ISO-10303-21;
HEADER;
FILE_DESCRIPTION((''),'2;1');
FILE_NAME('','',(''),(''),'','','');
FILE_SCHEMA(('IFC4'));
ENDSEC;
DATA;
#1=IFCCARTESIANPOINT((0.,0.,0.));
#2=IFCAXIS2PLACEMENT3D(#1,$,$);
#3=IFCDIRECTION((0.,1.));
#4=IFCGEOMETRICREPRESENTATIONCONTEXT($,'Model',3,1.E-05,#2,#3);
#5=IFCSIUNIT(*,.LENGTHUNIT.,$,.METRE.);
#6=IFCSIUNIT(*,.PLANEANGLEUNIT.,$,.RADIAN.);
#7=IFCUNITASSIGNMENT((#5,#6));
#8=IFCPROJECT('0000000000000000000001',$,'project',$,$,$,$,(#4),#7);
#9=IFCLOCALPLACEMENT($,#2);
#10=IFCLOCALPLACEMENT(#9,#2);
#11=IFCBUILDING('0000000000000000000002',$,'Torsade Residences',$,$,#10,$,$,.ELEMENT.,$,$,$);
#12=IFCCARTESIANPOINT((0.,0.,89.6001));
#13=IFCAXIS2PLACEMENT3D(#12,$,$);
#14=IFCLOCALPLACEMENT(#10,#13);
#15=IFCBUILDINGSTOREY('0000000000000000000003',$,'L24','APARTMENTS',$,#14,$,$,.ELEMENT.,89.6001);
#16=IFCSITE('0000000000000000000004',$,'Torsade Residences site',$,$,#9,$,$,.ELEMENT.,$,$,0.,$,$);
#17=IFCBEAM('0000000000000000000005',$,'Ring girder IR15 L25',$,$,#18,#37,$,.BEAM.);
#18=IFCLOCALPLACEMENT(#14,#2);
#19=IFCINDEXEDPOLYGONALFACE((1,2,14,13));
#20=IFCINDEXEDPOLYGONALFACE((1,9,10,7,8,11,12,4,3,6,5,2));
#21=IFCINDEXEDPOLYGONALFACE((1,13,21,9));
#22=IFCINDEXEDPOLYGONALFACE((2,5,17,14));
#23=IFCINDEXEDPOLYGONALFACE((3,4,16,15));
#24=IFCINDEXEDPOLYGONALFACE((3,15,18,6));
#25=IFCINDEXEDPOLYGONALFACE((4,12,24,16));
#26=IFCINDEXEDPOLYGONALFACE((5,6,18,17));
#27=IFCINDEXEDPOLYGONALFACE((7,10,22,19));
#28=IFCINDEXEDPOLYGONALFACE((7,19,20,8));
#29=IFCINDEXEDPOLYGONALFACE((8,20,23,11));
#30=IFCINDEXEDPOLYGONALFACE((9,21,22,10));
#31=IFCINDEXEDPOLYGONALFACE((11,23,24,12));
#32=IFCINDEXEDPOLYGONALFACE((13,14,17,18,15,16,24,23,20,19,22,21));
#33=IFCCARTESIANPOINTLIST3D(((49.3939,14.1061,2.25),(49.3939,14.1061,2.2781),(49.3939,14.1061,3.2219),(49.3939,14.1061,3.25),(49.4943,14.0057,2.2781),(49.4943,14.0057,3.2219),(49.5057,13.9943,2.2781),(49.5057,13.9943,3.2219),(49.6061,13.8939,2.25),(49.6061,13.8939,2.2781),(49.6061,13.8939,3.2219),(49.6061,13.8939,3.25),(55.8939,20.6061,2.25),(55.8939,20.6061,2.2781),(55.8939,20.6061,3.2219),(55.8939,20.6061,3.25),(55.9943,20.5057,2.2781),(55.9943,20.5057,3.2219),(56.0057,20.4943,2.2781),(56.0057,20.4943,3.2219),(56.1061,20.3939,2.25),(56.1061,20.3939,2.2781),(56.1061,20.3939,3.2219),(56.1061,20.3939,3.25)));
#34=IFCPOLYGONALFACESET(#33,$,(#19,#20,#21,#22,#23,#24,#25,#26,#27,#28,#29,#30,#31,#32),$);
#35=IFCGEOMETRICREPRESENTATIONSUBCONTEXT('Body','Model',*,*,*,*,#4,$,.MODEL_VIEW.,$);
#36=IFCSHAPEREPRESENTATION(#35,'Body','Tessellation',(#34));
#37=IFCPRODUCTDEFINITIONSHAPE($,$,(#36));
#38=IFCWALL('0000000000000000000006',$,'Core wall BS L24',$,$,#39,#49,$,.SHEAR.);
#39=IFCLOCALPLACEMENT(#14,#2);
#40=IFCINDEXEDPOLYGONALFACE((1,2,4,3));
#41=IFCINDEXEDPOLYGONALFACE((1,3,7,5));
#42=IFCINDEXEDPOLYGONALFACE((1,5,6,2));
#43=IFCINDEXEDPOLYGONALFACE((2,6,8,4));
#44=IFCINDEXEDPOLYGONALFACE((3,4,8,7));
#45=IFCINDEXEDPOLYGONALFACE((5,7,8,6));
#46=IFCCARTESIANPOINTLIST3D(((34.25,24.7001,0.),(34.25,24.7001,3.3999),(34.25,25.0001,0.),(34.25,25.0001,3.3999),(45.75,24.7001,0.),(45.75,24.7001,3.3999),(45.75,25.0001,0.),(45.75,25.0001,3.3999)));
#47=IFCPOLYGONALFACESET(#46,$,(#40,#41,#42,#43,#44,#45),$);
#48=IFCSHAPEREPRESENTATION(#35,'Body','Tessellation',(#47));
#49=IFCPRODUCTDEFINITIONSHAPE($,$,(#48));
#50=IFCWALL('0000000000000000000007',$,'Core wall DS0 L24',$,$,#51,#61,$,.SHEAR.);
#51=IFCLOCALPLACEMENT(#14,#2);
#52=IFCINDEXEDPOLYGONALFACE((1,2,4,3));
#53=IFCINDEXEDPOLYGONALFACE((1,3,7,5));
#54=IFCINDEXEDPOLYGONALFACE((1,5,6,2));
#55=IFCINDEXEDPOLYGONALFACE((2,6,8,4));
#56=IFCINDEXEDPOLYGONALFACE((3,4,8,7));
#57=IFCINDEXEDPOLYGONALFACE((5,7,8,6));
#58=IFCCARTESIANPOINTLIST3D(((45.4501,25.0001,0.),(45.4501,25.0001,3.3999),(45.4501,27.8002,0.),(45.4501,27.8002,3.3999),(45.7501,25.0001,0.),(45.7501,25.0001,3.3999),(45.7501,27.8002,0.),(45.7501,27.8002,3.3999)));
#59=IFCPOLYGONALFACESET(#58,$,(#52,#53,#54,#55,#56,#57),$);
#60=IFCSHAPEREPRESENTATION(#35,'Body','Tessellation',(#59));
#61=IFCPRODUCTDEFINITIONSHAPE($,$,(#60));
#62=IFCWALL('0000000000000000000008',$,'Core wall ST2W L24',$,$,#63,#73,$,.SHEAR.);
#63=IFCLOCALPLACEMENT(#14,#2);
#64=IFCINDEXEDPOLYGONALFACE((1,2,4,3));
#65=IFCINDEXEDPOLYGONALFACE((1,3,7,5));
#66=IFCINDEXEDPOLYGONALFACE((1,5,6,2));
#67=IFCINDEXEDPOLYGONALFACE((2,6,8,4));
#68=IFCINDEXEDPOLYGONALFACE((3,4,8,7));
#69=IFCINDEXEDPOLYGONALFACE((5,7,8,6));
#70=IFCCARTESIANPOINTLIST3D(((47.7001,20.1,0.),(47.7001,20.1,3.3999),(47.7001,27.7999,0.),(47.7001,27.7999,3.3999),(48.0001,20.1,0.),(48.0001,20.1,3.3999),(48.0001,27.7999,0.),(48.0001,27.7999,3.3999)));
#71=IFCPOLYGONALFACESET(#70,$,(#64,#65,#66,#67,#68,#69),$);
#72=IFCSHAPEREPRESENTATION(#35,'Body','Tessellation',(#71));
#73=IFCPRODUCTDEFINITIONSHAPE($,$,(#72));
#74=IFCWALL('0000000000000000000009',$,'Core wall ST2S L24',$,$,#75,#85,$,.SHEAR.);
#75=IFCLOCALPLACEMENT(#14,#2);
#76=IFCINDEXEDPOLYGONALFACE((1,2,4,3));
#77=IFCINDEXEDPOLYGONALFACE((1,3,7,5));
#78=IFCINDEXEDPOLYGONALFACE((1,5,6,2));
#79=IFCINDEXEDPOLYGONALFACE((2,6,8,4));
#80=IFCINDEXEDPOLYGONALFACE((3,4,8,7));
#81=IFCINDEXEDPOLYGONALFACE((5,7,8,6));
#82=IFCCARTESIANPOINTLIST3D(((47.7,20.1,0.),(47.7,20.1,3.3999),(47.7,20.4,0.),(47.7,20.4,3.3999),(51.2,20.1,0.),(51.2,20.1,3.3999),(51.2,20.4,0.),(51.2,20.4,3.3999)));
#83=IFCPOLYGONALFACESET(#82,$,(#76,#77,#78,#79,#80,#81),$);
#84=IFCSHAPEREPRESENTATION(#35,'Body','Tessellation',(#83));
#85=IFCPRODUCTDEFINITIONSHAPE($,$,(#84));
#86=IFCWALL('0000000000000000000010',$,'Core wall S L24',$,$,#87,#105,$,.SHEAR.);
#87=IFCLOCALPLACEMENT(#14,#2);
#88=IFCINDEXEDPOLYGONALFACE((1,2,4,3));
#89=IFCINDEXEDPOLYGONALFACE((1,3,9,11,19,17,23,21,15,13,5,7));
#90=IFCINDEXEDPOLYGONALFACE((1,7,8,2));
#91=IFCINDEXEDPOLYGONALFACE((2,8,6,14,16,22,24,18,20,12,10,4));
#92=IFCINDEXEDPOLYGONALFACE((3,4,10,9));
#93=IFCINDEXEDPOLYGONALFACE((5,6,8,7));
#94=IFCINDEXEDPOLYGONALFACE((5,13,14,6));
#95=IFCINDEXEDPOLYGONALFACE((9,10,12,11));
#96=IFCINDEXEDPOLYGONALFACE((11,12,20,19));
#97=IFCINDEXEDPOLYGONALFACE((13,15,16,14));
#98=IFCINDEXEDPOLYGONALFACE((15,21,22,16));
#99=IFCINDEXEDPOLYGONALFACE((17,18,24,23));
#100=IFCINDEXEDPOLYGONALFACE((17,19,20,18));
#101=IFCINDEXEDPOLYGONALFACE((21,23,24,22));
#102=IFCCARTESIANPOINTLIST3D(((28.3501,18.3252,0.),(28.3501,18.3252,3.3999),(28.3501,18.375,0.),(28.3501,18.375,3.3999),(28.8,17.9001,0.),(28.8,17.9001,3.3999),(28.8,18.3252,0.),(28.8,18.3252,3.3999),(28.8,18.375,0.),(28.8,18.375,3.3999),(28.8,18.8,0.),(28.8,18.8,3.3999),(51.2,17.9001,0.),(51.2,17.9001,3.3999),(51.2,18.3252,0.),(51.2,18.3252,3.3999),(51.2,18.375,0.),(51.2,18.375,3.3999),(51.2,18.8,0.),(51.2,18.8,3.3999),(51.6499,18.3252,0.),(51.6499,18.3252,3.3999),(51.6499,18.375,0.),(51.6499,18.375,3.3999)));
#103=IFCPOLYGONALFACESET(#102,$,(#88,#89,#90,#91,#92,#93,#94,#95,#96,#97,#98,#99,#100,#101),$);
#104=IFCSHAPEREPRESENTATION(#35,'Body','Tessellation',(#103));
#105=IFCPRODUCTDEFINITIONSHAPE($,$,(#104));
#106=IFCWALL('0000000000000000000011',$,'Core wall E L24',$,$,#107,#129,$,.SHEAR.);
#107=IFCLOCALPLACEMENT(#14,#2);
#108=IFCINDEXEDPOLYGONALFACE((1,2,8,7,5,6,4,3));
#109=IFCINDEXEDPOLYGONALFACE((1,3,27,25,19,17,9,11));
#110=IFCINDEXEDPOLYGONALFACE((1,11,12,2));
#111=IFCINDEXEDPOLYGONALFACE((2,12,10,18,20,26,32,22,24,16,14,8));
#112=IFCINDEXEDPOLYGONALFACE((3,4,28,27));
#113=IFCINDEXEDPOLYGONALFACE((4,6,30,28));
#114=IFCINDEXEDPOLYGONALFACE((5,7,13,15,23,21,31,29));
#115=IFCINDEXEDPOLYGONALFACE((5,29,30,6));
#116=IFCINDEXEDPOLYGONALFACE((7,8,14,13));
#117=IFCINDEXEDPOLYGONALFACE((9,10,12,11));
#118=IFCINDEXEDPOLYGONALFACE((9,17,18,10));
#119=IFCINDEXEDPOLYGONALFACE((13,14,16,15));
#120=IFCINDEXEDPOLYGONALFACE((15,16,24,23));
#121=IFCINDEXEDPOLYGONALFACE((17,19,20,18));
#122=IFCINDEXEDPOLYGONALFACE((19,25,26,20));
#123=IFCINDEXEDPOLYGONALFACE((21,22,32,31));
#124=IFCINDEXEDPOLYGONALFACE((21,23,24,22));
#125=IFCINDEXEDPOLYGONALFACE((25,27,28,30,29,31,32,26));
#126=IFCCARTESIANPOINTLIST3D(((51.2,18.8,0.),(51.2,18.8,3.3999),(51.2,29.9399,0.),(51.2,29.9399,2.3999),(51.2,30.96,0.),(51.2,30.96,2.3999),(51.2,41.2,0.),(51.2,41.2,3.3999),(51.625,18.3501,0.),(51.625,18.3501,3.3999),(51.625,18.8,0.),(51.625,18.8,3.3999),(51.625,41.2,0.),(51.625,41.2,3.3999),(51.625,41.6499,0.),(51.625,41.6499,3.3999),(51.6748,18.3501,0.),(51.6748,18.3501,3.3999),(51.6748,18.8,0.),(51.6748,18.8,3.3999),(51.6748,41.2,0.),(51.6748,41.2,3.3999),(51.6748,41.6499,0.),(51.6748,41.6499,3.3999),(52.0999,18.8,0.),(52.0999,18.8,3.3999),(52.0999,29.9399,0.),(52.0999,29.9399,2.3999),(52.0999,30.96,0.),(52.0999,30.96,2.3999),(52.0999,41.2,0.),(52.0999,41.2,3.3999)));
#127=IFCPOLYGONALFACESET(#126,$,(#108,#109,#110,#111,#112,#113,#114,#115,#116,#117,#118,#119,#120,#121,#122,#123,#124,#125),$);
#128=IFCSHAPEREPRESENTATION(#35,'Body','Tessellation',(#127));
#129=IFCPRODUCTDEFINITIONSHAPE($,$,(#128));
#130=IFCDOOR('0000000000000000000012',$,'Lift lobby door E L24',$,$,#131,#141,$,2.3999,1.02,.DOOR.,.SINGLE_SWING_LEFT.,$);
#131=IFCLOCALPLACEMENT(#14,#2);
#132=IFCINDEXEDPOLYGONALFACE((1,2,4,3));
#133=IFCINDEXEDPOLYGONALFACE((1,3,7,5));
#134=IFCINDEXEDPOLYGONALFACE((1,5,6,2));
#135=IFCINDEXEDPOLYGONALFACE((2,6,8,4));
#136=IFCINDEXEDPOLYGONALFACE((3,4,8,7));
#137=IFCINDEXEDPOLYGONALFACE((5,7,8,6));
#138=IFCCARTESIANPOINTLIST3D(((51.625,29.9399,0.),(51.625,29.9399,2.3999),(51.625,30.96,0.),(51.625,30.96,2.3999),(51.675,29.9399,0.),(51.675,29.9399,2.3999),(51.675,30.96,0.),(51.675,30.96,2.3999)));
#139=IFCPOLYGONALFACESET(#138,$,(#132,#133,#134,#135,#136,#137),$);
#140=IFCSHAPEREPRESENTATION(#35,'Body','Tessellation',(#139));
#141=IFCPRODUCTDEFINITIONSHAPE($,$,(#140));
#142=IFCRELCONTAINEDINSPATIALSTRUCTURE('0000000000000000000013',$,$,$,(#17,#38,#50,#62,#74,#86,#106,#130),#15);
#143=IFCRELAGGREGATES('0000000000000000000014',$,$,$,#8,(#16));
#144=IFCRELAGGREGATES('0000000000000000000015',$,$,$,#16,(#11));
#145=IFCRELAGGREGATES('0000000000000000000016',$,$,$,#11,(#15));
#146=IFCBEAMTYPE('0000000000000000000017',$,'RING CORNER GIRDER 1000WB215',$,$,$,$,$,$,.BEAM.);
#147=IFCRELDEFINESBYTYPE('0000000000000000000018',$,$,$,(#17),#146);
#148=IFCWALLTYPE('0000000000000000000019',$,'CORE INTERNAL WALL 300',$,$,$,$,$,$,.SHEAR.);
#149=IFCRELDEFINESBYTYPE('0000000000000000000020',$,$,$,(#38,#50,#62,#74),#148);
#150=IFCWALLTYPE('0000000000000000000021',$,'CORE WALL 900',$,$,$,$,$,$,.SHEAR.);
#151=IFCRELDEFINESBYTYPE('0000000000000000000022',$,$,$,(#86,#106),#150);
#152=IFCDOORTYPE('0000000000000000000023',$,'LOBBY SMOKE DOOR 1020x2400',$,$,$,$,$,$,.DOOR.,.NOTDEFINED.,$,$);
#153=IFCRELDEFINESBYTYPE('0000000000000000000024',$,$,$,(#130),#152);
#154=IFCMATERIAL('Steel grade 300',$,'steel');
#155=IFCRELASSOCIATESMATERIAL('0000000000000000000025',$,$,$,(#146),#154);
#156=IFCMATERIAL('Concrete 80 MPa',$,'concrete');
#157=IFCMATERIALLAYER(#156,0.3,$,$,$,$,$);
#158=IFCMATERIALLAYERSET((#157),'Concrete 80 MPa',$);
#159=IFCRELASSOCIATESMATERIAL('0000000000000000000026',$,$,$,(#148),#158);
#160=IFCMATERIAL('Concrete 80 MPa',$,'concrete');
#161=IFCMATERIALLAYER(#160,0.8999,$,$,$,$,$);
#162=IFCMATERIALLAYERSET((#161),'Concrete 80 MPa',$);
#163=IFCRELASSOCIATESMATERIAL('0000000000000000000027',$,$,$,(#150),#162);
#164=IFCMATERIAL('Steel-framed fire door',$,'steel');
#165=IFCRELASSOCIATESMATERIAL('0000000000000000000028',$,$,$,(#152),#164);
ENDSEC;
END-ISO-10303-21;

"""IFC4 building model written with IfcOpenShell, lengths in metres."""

from ifc_helpers import new_model, si_unit, direction, frame, frame_2d, origin, origin_2d, place, context, subcontext, project, spatial, polyline, rectangle, i_section, outline, extrude, material, layer, layer_set, material_profile, profile_set, type_object, element, fill, save


model = new_model("IFC4")

# Units and contexts
model_context = context("Model", 3, precision=1e-05, world=origin(), true_north=direction((0.0, 1.0)))
body_context = subcontext(model_context, "Body", "Model", "MODEL_VIEW")
ifc_project = project(units=[si_unit("LENGTHUNIT", "METRE"), si_unit("PLANEANGLEUNIT", "RADIAN")], contexts=[model_context])

# Site, building, storey
site_placement = place(None, origin())
site = spatial("IfcSite", under=ifc_project, at=site_placement, Name="Torsade Residences site", CompositionType="ELEMENT", RefElevation=0.0)
building_placement = place(site_placement, origin())
building = spatial("IfcBuilding", under=site, at=building_placement, Name="Torsade Residences", CompositionType="ELEMENT")
storey_placement = place(building_placement, frame((0.0, 0.0, 89.6001)))
storey = spatial("IfcBuildingStorey", under=building, at=storey_placement, Name="L24", Description="APARTMENTS", CompositionType="ELEMENT", Elevation=89.6001)

# Beam
ifc_material_1 = material(Name="Steel grade 300", Category="steel")
ifc_material_profile_1 = material_profile(ifc_material_1, i_section(OverallWidth=0.3, OverallDepth=1.0, WebThickness=0.0161, FlangeThickness=0.0281, at=origin_2d()), Name="1000WB215")
ifc_profile_set_1 = profile_set([ifc_material_profile_1], Name="Steel grade 300")
beam_type_1 = type_object("IfcBeamType", Name="RING CORNER GIRDER 1000WB215", PredefinedType="BEAM", material=ifc_profile_set_1)
beam_1_placement = place(storey_placement, frame((49.5, 14.0, 2.75), z_axis=(0.707107, 0.707107, 0.0), x_axis=(-0.707107, 0.707107, 0.0)))
element("IfcBeam", 1, at=beam_1_placement, inside=storey, type_object=beam_type_1, Name="Ring girder IR15 L25", PredefinedType="BEAM", context=body_context, shape_type="SweptSolid", body=[
    extrude(i_section(OverallWidth=0.3, OverallDepth=1.0, WebThickness=0.0161, FlangeThickness=0.0281, at=origin_2d()), origin(), (0.0, 0.0, 1.0), 9.1924),
])

# Walls
ifc_material_2 = material(Name="Concrete 80 MPa", Category="concrete")
ifc_layer_1 = layer(ifc_material_2, 0.3)
ifc_layer_set_1 = layer_set([ifc_layer_1], Name="Concrete 80 MPa")
wall_type_1 = type_object("IfcWallType", Name="CORE INTERNAL WALL 300", PredefinedType="SHEAR", material=ifc_layer_set_1)
wall_1_placement = place(storey_placement, frame((45.75, 24.8501, 0.0), z_axis=(0.0, 0.0, 1.0), x_axis=(-1.0, 0.0, 0.0)))
element("IfcWall", 2, at=wall_1_placement, inside=storey, type_object=wall_type_1, Name="Core wall BS L24", PredefinedType="SHEAR", context=body_context, shape_type="SweptSolid", body=[
    extrude(rectangle(XDim=11.5, YDim=0.3, at=frame_2d((5.75, 0.0))), origin(), (0.0, 0.0, 1.0), 3.3999),
])
wall_2_placement = place(storey_placement, frame((45.6001, 27.8, 0.0), z_axis=(0.0, 0.0, 1.0), x_axis=(0.0, -1.0, 0.0)))
element("IfcWall", 3, at=wall_2_placement, inside=storey, type_object=wall_type_1, Name="Core wall DS0 L24", PredefinedType="SHEAR", context=body_context, shape_type="SweptSolid", body=[
    extrude(rectangle(XDim=2.8, YDim=0.3, at=frame_2d((1.3999, 0.0))), origin(), (0.0, 0.0, 1.0), 3.3999),
])
wall_3_placement = place(storey_placement, frame((47.8501, 27.8, 0.0), z_axis=(0.0, 0.0, 1.0), x_axis=(0.0, -1.0, 0.0)))
element("IfcWall", 4, at=wall_3_placement, inside=storey, type_object=wall_type_1, Name="Core wall ST2W L24", PredefinedType="SHEAR", context=body_context, shape_type="SweptSolid", body=[
    extrude(rectangle(XDim=7.7, YDim=0.3, at=frame_2d((3.8501, 0.0))), origin(), (0.0, 0.0, 1.0), 3.3999),
])
wall_4_placement = place(storey_placement, frame((51.2, 20.25, 0.0), z_axis=(0.0, 0.0, 1.0), x_axis=(-1.0, 0.0, 0.0)))
element("IfcWall", 5, at=wall_4_placement, inside=storey, type_object=wall_type_1, Name="Core wall ST2S L24", PredefinedType="SHEAR", context=body_context, shape_type="SweptSolid", body=[
    extrude(rectangle(XDim=3.5, YDim=0.3, at=frame_2d((1.75, 0.0))), origin(), (0.0, 0.0, 1.0), 3.3999),
])
ifc_material_3 = material(Name="Concrete 80 MPa", Category="concrete")
ifc_layer_2 = layer(ifc_material_3, 0.8999)
ifc_layer_set_2 = layer_set([ifc_layer_2], Name="Concrete 80 MPa")
wall_type_2 = type_object("IfcWallType", Name="CORE WALL 900", PredefinedType="SHEAR", material=ifc_layer_set_2)
wall_5_placement = place(storey_placement, frame((51.2, 18.3501, 0.0), z_axis=(0.0, 0.0, 1.0), x_axis=(-1.0, 0.0, 0.0)))
element("IfcWall", 6, at=wall_5_placement, inside=storey, type_object=wall_type_2, Name="Core wall S L24", PredefinedType="SHEAR", context=body_context, shape_type="SweptSolid", body=[
    extrude(outline(polyline([(0.0, -0.45), (22.3999, -0.45), (22.3999, -0.0249), (22.8499, -0.0249), (22.8499, 0.0249), (22.3999, 0.0249), (22.3999, 0.45), (0.0, 0.45), (0.0, 0.0249), (-0.45, 0.0249), (-0.45, -0.0249), (0.0, -0.0249), (0.0, -0.45)])), origin(), (0.0, 0.0, 1.0), 3.3999),
])

# Wall, opening, door
wall_6_placement = place(storey_placement, frame((51.6499, 18.8, 0.0), z_axis=(0.0, 0.0, 1.0), x_axis=(0.0, 1.0, 0.0)))
wall_6 = element("IfcWall", 7, at=wall_6_placement, inside=storey, type_object=wall_type_2, Name="Core wall E L24", PredefinedType="SHEAR", context=body_context, shape_type="SweptSolid", body=[
    extrude(outline(polyline([(0.0, -0.45), (22.3999, -0.45), (22.3999, -0.0249), (22.8499, -0.0249), (22.8499, 0.0249), (22.3999, 0.0249), (22.3999, 0.45), (0.0, 0.45), (0.0, 0.0249), (-0.45, 0.0249), (-0.45, -0.0249), (0.0, -0.0249), (0.0, -0.45)])), origin(), (0.0, 0.0, 1.0), 3.3999),
])
opening_1_placement = place(wall_6_placement, frame((11.1399, 0.0, 0.0)))
opening_1 = element("IfcOpeningElement", 8, at=opening_1_placement, cuts=wall_6, PredefinedType="OPENING", context=body_context, shape_type="SweptSolid", body=[
    extrude(rectangle(XDim=1.02, YDim=2.3999, at=frame_2d((0.51, 1.2))), frame((0.0, 0.46, 0.0), z_axis=(0.0, -1.0, 0.0), x_axis=(1.0, 0.0, 0.0)), (0.0, 0.0, 1.0), 0.9199),
])
ifc_material_4 = material(Name="Steel-framed fire door", Category="steel")
door_type_1 = type_object("IfcDoorType", Name="LOBBY SMOKE DOOR 1020x2400", OperationType="NOTDEFINED", PredefinedType="DOOR", material=ifc_material_4)
door_1_placement = place(opening_1_placement, origin())
door_1 = element("IfcDoor", 9, at=door_1_placement, inside=storey, type_object=door_type_1, Name="Lift lobby door E L24", OperationType="SINGLE_SWING_LEFT", OverallHeight=2.3999, OverallWidth=1.02, PredefinedType="DOOR", context=body_context, shape_type="SweptSolid", body=[
    extrude(rectangle(XDim=1.02, YDim=2.3999, at=frame_2d((0.51, 1.2))), frame((0.0, 0.0249, 0.0), z_axis=(0.0, -1.0, 0.0), x_axis=(1.0, 0.0, 0.0)), (0.0, 0.0, 1.0), 0.05),
])
fill(opening_1, door_1)

save(model, "model.ifc")
